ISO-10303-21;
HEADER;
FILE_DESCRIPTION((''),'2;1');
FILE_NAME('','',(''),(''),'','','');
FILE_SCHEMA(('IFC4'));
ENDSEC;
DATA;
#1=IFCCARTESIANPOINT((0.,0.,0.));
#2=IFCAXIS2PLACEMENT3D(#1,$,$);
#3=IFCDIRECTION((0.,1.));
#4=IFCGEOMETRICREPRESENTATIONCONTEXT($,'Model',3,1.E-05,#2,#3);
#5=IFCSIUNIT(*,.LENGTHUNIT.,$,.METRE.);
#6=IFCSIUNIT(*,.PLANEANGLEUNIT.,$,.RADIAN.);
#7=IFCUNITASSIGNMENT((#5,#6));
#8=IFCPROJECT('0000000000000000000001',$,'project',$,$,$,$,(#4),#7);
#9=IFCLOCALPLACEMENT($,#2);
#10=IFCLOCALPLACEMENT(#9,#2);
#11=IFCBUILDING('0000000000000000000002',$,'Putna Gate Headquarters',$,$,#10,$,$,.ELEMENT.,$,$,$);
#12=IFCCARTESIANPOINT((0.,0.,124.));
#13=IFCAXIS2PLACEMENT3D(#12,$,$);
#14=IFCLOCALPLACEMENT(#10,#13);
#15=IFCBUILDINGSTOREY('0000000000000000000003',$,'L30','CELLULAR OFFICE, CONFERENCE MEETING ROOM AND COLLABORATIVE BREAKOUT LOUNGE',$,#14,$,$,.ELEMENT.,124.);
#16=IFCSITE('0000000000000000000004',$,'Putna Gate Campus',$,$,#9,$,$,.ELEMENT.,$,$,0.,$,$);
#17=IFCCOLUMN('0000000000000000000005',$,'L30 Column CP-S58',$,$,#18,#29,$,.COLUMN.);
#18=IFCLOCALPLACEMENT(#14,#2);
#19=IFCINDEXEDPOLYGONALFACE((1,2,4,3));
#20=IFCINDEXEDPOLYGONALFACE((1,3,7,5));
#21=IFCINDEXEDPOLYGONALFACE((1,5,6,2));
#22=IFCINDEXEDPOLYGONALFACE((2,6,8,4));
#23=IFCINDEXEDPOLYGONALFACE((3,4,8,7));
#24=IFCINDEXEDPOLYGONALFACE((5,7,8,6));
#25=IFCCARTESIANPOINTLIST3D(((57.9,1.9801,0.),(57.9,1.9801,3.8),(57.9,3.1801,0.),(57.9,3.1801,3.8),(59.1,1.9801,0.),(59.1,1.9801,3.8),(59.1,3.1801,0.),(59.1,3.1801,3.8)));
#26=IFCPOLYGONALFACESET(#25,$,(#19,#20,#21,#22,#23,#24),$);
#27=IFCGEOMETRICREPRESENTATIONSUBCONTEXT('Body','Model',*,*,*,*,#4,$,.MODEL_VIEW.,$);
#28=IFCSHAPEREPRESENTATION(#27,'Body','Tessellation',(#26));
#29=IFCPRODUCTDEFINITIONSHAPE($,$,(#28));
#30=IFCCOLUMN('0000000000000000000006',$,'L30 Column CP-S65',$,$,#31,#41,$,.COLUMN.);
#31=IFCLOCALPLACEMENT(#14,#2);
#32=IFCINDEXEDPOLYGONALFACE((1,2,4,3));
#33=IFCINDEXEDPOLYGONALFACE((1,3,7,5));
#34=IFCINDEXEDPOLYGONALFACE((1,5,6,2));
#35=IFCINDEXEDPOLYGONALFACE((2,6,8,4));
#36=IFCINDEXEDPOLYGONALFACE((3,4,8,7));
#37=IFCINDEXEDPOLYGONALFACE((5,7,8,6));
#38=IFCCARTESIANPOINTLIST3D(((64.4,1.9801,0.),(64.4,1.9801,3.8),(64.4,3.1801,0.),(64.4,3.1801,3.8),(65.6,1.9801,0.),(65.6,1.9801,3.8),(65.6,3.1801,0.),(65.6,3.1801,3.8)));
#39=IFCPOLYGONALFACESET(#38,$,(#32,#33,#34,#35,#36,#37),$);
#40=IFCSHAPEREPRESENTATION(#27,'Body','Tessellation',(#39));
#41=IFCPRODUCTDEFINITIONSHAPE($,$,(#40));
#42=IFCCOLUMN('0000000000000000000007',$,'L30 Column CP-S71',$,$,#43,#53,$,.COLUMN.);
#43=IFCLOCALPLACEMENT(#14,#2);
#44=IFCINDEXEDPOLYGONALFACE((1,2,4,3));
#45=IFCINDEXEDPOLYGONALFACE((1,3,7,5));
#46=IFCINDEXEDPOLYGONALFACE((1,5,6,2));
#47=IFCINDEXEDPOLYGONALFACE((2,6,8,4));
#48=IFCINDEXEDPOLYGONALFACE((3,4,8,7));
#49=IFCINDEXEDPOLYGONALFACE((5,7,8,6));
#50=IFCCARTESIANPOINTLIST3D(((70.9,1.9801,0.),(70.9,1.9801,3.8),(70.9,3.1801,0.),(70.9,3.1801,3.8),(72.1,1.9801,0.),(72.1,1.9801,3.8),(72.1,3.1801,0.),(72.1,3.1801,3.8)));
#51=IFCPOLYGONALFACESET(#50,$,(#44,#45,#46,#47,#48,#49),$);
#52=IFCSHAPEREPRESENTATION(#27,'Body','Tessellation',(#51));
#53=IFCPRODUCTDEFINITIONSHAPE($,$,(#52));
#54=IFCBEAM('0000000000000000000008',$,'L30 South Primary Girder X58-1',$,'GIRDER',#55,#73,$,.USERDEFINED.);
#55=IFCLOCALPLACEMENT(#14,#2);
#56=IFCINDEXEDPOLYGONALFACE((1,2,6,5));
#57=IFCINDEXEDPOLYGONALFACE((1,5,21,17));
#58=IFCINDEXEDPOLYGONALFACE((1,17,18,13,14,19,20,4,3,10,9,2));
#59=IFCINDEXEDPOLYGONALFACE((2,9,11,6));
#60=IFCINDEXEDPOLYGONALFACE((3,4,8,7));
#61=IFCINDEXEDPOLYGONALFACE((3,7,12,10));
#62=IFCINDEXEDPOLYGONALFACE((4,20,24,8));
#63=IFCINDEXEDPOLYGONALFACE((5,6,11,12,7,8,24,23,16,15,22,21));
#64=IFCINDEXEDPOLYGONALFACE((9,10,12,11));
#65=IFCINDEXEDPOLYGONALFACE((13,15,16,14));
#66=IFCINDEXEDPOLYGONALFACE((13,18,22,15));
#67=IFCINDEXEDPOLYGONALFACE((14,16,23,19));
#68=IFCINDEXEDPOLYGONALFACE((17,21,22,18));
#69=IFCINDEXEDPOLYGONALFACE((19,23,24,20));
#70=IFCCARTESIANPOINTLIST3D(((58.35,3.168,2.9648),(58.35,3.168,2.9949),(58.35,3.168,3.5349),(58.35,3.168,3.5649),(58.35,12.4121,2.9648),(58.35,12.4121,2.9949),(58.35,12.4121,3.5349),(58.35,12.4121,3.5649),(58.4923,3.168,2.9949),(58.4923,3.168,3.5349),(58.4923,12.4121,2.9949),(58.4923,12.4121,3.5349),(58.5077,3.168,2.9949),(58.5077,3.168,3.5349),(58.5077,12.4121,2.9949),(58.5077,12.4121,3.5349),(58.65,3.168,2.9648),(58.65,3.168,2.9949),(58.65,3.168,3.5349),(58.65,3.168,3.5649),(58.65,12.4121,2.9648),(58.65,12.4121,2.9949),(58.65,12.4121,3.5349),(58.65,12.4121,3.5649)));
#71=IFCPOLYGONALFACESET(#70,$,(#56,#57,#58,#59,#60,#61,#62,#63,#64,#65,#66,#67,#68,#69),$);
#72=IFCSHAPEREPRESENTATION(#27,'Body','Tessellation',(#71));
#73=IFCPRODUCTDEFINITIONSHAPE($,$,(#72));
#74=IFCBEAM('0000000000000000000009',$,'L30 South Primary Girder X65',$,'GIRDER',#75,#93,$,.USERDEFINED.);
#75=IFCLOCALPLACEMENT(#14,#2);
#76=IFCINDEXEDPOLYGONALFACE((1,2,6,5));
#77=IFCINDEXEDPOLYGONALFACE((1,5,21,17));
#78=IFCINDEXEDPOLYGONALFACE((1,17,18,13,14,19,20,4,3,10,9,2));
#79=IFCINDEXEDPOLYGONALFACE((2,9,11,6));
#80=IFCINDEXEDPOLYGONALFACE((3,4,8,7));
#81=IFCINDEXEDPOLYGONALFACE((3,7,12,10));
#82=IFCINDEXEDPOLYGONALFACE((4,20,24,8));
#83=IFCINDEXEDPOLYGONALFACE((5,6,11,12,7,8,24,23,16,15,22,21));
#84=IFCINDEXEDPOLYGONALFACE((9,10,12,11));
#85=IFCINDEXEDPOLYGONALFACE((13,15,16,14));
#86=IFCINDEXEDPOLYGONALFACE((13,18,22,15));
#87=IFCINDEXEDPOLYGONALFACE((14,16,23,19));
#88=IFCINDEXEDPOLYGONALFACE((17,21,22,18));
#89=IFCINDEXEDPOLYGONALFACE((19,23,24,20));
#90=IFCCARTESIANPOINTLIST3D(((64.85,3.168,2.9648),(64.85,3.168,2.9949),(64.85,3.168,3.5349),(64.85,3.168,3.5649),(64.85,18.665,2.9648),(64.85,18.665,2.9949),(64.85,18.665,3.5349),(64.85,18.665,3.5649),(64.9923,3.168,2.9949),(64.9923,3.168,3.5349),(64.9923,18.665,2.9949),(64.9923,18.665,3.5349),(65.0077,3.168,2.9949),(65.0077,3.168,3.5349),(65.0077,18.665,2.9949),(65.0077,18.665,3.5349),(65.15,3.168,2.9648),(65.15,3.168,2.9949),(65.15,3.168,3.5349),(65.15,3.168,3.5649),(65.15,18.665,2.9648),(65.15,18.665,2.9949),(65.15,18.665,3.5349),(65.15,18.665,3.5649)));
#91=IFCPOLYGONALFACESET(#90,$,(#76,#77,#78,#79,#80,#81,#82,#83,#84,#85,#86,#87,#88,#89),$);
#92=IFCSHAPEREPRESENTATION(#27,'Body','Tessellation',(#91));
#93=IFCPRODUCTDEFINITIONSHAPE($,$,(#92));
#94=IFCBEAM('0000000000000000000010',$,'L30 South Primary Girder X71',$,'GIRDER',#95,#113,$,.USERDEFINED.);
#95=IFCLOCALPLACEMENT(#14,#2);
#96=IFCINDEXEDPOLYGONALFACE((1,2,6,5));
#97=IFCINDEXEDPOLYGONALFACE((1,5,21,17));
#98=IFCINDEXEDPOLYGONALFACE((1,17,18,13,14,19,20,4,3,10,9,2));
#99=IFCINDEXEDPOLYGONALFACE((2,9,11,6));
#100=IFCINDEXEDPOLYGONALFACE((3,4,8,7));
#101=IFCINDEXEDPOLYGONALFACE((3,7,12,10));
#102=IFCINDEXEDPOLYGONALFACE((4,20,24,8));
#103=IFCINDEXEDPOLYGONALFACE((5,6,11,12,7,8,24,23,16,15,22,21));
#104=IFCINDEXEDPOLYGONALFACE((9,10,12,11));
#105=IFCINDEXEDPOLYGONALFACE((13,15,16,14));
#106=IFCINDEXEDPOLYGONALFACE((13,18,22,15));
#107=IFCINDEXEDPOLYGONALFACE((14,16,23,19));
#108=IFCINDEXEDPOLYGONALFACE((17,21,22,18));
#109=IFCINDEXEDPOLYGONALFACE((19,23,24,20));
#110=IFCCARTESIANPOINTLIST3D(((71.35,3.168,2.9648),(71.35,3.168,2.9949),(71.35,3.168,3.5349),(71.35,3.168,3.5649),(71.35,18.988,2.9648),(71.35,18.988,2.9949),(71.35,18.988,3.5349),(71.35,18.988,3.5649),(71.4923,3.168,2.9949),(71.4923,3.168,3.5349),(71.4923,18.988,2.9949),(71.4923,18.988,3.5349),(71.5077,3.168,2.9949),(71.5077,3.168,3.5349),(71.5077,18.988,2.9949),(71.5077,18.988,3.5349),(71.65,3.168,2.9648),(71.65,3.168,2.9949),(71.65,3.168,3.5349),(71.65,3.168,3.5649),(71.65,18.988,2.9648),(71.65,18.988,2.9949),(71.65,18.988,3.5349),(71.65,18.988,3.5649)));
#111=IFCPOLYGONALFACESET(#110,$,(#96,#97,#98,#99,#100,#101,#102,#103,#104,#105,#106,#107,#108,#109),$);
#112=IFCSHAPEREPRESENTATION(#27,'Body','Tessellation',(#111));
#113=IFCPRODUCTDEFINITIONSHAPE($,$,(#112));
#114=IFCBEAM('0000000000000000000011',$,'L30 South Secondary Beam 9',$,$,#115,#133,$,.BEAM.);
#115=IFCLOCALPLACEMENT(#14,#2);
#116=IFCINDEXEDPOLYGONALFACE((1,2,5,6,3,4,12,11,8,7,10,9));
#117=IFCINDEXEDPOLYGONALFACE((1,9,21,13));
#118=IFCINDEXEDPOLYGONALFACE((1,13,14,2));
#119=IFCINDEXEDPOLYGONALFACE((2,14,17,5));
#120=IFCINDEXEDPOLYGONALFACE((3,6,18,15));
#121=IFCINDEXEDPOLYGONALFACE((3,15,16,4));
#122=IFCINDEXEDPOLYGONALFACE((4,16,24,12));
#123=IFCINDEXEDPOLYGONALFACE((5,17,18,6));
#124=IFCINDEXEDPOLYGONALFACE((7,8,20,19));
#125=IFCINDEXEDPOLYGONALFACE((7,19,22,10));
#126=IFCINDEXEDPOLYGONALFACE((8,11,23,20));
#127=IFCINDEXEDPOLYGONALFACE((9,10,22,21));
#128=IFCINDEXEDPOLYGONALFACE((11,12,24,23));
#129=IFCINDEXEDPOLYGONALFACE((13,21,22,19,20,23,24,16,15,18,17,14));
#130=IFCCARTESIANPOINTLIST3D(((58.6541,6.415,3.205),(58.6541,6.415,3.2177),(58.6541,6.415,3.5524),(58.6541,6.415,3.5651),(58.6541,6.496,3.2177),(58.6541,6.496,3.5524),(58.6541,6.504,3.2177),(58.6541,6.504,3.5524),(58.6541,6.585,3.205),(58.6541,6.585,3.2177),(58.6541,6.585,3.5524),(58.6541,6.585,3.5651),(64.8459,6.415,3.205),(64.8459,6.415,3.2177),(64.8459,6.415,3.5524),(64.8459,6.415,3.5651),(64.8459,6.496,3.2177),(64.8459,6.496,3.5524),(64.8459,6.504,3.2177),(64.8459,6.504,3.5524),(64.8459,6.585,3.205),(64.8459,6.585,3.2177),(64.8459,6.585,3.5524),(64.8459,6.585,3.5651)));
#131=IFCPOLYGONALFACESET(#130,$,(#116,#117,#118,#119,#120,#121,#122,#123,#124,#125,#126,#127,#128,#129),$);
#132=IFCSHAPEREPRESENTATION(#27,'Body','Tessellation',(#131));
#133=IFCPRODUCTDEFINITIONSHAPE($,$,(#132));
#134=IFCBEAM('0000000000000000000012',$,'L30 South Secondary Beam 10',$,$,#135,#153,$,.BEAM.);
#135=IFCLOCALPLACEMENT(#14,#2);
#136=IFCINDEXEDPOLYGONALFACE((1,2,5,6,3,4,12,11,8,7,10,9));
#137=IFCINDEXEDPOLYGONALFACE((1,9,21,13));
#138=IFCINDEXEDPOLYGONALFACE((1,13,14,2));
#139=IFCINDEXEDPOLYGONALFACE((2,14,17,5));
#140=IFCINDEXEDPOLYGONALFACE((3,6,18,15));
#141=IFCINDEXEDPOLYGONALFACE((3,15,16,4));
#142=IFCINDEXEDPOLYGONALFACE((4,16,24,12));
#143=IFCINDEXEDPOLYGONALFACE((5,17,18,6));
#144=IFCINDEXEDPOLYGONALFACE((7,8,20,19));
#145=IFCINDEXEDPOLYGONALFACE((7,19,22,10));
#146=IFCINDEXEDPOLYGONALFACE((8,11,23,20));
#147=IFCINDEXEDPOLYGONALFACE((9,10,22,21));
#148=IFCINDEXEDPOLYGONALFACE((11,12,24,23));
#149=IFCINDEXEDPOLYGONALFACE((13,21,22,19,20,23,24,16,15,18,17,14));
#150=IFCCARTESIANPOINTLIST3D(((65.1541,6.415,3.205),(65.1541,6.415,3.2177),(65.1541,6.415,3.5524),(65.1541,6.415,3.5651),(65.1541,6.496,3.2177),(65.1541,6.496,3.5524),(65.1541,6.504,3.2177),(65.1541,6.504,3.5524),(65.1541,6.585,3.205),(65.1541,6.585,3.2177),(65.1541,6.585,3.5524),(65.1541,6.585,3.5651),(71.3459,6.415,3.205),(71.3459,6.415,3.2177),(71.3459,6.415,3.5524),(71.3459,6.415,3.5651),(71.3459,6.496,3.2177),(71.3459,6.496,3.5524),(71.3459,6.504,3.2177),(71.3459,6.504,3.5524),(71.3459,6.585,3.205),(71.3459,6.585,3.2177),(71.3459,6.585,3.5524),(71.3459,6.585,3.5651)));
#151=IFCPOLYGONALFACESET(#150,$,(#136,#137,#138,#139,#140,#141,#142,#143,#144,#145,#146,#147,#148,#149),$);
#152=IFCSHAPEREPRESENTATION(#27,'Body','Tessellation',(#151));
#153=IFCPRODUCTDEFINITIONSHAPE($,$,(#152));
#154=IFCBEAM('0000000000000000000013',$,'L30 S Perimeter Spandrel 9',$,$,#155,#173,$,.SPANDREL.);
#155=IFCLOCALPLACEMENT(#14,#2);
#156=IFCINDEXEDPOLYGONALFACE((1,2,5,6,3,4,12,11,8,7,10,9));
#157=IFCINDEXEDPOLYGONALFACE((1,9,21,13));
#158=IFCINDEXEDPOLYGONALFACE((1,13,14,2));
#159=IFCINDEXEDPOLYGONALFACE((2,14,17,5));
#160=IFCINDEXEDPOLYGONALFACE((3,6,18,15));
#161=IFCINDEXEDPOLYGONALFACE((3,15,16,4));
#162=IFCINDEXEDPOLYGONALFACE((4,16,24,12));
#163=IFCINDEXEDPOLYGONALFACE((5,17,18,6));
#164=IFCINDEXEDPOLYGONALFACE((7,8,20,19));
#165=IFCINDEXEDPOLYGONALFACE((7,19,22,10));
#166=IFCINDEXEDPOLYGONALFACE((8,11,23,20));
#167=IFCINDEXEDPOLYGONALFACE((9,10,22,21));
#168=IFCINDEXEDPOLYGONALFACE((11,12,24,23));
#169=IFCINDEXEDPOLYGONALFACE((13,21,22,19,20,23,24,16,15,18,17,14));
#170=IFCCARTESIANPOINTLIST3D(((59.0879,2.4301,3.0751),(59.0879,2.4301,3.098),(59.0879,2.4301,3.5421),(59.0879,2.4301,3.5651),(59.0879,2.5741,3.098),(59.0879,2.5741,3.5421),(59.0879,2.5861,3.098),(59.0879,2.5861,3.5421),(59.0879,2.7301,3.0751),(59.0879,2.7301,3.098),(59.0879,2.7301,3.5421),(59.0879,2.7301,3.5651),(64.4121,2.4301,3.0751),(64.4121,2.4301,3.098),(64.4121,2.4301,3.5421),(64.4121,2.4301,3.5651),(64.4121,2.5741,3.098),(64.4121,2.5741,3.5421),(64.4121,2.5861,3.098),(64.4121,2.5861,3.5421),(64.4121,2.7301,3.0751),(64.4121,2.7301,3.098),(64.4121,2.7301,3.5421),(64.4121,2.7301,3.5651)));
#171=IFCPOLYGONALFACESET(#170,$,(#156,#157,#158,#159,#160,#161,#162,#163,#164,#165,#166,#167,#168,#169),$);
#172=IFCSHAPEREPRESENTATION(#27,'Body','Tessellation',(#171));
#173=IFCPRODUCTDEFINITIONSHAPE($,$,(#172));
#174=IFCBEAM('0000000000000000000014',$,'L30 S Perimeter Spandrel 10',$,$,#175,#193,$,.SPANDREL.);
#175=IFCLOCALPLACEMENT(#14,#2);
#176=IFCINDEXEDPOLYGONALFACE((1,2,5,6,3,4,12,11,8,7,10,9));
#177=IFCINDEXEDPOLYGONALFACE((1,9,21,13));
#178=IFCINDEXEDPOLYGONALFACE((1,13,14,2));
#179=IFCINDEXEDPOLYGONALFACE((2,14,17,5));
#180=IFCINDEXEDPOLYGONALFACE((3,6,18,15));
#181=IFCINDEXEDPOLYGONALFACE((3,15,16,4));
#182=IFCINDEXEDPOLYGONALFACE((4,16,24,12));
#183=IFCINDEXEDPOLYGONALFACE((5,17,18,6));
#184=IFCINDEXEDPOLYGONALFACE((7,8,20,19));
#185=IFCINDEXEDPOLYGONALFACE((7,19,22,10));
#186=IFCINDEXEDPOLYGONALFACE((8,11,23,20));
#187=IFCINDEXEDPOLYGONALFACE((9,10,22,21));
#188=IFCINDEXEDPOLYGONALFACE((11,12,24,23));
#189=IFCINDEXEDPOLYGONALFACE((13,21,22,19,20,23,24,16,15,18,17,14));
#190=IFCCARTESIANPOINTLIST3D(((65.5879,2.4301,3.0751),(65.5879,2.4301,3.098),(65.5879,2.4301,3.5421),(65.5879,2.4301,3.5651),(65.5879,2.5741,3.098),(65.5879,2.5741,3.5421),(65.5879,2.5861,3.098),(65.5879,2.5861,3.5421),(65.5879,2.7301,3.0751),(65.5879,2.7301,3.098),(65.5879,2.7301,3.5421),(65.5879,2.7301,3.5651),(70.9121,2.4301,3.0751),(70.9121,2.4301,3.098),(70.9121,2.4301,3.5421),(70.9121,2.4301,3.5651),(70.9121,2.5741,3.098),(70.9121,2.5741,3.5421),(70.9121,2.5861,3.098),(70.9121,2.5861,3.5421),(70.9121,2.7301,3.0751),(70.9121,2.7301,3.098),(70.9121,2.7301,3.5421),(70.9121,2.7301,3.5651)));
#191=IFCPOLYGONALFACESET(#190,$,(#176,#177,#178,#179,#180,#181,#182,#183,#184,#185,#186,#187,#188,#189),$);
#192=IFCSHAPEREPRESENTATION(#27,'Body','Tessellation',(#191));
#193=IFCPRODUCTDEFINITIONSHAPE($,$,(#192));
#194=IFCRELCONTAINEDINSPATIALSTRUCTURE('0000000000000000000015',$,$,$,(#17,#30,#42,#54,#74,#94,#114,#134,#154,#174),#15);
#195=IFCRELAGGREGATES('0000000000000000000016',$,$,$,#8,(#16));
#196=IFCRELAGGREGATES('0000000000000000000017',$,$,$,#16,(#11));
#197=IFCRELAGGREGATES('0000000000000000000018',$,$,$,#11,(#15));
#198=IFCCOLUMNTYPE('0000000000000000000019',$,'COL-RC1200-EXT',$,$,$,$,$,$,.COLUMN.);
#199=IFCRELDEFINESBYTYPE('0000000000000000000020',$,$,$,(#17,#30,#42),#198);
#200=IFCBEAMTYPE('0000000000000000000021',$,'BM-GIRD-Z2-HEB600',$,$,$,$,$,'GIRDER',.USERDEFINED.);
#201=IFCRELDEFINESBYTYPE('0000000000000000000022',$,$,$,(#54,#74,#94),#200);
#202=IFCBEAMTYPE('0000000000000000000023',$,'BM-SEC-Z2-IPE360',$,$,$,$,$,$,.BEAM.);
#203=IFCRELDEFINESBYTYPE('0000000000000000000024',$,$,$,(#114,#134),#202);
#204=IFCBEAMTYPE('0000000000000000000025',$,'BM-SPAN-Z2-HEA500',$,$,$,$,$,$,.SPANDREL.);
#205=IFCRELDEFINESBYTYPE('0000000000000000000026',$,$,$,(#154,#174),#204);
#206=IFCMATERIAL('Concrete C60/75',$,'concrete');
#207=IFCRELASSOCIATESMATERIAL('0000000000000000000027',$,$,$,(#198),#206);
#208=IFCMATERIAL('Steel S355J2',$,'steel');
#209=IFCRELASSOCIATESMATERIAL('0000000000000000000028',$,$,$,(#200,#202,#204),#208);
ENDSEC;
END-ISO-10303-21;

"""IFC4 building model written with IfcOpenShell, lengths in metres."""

from ifc_helpers import new_model, si_unit, direction, frame, origin, origin_2d, place, context, subcontext, project, spatial, rectangle, i_section, extrude, material, material_profile, profile_set, type_object, element, save


model = new_model("IFC4")

# Units and contexts
model_context = context("Model", 3, precision=1e-05, world=origin(), true_north=direction((0.0, 1.0)))
body_context = subcontext(model_context, "Body", "Model", "MODEL_VIEW")
ifc_project = project(units=[si_unit("LENGTHUNIT", "METRE"), si_unit("PLANEANGLEUNIT", "RADIAN")], contexts=[model_context])

# Site, building, storey
site_placement = place(None, origin())
site = spatial("IfcSite", under=ifc_project, at=site_placement, Name="Putna Gate Campus", CompositionType="ELEMENT", RefElevation=0.0)
building_placement = place(site_placement, origin())
building = spatial("IfcBuilding", under=site, at=building_placement, Name="Putna Gate Headquarters", CompositionType="ELEMENT")
storey_placement = place(building_placement, frame((0.0, 0.0, 124.0)))
storey = spatial("IfcBuildingStorey", under=building, at=storey_placement, Name="L30", Description="CELLULAR OFFICE, CONFERENCE MEETING ROOM AND COLLABORATIVE BREAKOUT LOUNGE", CompositionType="ELEMENT", Elevation=124.0)

# Columns
ifc_material_1 = material(Name="Concrete C60/75", Category="concrete")
ifc_material_profile_1 = material_profile(ifc_material_1, rectangle(XDim=1.2, YDim=1.2, at=origin_2d()), Name="Concrete C60/75")
ifc_profile_set_1 = profile_set([ifc_material_profile_1], Name="Concrete C60/75")
column_type = type_object("IfcColumnType", Name="COL-RC1200-EXT", PredefinedType="COLUMN", material=ifc_profile_set_1)
for number, where, z_axis, x_axis, name in (
    (1, (58.5, 2.5801, 0.0), (0.0, 0.0, 1.0), (1.0, 0.0, 0.0), "L30 Column CP-S58"),
    (2, (65.0, 2.5801, 0.0), (0.0, 0.0, 1.0), (1.0, 0.0, 0.0), "L30 Column CP-S65"),
    (3, (71.5, 2.5801, 0.0), (0.0, 0.0, 1.0), (1.0, 0.0, 0.0), "L30 Column CP-S71"),
):
    element("IfcColumn", number, at=place(storey_placement, frame(where, z_axis=z_axis, x_axis=x_axis)), inside=storey, type_object=column_type, Name=name, PredefinedType="COLUMN", context=body_context, shape_type="SweptSolid", body=[
        extrude(rectangle(XDim=1.2, YDim=1.2, at=origin_2d()), origin(), (0.0, 0.0, 1.0), 3.8),
    ])

# Beams
ifc_material_2 = material(Name="Steel S355J2", Category="steel")
ifc_material_profile_2 = material_profile(ifc_material_2, i_section(OverallWidth=0.3, OverallDepth=0.6001, WebThickness=0.0154, FlangeThickness=0.03, at=origin_2d()), Name="Steel S355J2")
ifc_profile_set_2 = profile_set([ifc_material_profile_2], Name="Steel S355J2")
beam_type_1 = type_object("IfcBeamType", Name="BM-GIRD-Z2-HEB600", ElementType="GIRDER", PredefinedType="USERDEFINED", material=ifc_profile_set_2)
beam_1_placement = place(storey_placement, frame((58.5, 3.168, 3.2649), z_axis=(0.0, 1.0, 0.0), x_axis=(-1.0, 0.0, 0.0)))
element("IfcBeam", 4, at=beam_1_placement, inside=storey, type_object=beam_type_1, Name="L30 South Primary Girder X58-1", ObjectType="GIRDER", PredefinedType="USERDEFINED", context=body_context, shape_type="SweptSolid", body=[
    extrude(i_section(OverallWidth=0.3, OverallDepth=0.6001, WebThickness=0.0154, FlangeThickness=0.03, at=origin_2d()), origin(), (0.0, 0.0, 1.0), 9.2441),
])
beam_2_placement = place(storey_placement, frame((65.0, 3.168, 3.2649), z_axis=(0.0, 1.0, 0.0), x_axis=(-1.0, 0.0, 0.0)))
element("IfcBeam", 5, at=beam_2_placement, inside=storey, type_object=beam_type_1, Name="L30 South Primary Girder X65", ObjectType="GIRDER", PredefinedType="USERDEFINED", context=body_context, shape_type="SweptSolid", body=[
    extrude(i_section(OverallWidth=0.3, OverallDepth=0.6001, WebThickness=0.0154, FlangeThickness=0.03, at=origin_2d()), origin(), (0.0, 0.0, 1.0), 15.4971),
])
beam_3_placement = place(storey_placement, frame((71.5, 3.168, 3.2649), z_axis=(0.0, 1.0, 0.0), x_axis=(-1.0, 0.0, 0.0)))
element("IfcBeam", 6, at=beam_3_placement, inside=storey, type_object=beam_type_1, Name="L30 South Primary Girder X71", ObjectType="GIRDER", PredefinedType="USERDEFINED", context=body_context, shape_type="SweptSolid", body=[
    extrude(i_section(OverallWidth=0.3, OverallDepth=0.6001, WebThickness=0.0154, FlangeThickness=0.03, at=origin_2d()), origin(), (0.0, 0.0, 1.0), 15.8201),
])
ifc_material_profile_3 = material_profile(ifc_material_2, i_section(OverallWidth=0.1699, OverallDepth=0.3601, WebThickness=0.0081, FlangeThickness=0.0127, at=origin_2d()), Name="Steel S355J2")
ifc_profile_set_3 = profile_set([ifc_material_profile_3], Name="Steel S355J2")
beam_type_2 = type_object("IfcBeamType", Name="BM-SEC-Z2-IPE360", PredefinedType="BEAM", material=ifc_profile_set_3)
for number, where, z_axis, x_axis, name in (
    (7, (58.6541, 6.5, 3.385), (1.0, 0.0, 0.0), (0.0, 1.0, 0.0), "L30 South Secondary Beam 9"),
    (8, (65.1541, 6.5, 3.385), (1.0, 0.0, 0.0), (0.0, 1.0, 0.0), "L30 South Secondary Beam 10"),
):
    element("IfcBeam", number, at=place(storey_placement, frame(where, z_axis=z_axis, x_axis=x_axis)), inside=storey, type_object=beam_type_2, Name=name, PredefinedType="BEAM", context=body_context, shape_type="SweptSolid", body=[
        extrude(i_section(OverallWidth=0.1699, OverallDepth=0.3601, WebThickness=0.0081, FlangeThickness=0.0127, at=origin_2d()), origin(), (0.0, 0.0, 1.0), 6.1919),
    ])
ifc_material_profile_4 = material_profile(ifc_material_2, i_section(OverallWidth=0.3, OverallDepth=0.49, WebThickness=0.012, FlangeThickness=0.0229, at=origin_2d()), Name="Steel S355J2")
ifc_profile_set_4 = profile_set([ifc_material_profile_4], Name="Steel S355J2")
beam_type_3 = type_object("IfcBeamType", Name="BM-SPAN-Z2-HEA500", PredefinedType="SPANDREL", material=ifc_profile_set_4)
for number, where, z_axis, x_axis, name in (
    (9, (59.0879, 2.5801, 3.3201), (1.0, 0.0, 0.0), (0.0, 1.0, 0.0), "L30 S Perimeter Spandrel 9"),
    (10, (65.5879, 2.5801, 3.3201), (1.0, 0.0, 0.0), (0.0, 1.0, 0.0), "L30 S Perimeter Spandrel 10"),
):
    element("IfcBeam", number, at=place(storey_placement, frame(where, z_axis=z_axis, x_axis=x_axis)), inside=storey, type_object=beam_type_3, Name=name, PredefinedType="SPANDREL", context=body_context, shape_type="SweptSolid", body=[
        extrude(i_section(OverallWidth=0.3, OverallDepth=0.49, WebThickness=0.012, FlangeThickness=0.0229, at=origin_2d()), origin(), (0.0, 0.0, 1.0), 5.3242),
    ])

save(model, "model.ifc")
